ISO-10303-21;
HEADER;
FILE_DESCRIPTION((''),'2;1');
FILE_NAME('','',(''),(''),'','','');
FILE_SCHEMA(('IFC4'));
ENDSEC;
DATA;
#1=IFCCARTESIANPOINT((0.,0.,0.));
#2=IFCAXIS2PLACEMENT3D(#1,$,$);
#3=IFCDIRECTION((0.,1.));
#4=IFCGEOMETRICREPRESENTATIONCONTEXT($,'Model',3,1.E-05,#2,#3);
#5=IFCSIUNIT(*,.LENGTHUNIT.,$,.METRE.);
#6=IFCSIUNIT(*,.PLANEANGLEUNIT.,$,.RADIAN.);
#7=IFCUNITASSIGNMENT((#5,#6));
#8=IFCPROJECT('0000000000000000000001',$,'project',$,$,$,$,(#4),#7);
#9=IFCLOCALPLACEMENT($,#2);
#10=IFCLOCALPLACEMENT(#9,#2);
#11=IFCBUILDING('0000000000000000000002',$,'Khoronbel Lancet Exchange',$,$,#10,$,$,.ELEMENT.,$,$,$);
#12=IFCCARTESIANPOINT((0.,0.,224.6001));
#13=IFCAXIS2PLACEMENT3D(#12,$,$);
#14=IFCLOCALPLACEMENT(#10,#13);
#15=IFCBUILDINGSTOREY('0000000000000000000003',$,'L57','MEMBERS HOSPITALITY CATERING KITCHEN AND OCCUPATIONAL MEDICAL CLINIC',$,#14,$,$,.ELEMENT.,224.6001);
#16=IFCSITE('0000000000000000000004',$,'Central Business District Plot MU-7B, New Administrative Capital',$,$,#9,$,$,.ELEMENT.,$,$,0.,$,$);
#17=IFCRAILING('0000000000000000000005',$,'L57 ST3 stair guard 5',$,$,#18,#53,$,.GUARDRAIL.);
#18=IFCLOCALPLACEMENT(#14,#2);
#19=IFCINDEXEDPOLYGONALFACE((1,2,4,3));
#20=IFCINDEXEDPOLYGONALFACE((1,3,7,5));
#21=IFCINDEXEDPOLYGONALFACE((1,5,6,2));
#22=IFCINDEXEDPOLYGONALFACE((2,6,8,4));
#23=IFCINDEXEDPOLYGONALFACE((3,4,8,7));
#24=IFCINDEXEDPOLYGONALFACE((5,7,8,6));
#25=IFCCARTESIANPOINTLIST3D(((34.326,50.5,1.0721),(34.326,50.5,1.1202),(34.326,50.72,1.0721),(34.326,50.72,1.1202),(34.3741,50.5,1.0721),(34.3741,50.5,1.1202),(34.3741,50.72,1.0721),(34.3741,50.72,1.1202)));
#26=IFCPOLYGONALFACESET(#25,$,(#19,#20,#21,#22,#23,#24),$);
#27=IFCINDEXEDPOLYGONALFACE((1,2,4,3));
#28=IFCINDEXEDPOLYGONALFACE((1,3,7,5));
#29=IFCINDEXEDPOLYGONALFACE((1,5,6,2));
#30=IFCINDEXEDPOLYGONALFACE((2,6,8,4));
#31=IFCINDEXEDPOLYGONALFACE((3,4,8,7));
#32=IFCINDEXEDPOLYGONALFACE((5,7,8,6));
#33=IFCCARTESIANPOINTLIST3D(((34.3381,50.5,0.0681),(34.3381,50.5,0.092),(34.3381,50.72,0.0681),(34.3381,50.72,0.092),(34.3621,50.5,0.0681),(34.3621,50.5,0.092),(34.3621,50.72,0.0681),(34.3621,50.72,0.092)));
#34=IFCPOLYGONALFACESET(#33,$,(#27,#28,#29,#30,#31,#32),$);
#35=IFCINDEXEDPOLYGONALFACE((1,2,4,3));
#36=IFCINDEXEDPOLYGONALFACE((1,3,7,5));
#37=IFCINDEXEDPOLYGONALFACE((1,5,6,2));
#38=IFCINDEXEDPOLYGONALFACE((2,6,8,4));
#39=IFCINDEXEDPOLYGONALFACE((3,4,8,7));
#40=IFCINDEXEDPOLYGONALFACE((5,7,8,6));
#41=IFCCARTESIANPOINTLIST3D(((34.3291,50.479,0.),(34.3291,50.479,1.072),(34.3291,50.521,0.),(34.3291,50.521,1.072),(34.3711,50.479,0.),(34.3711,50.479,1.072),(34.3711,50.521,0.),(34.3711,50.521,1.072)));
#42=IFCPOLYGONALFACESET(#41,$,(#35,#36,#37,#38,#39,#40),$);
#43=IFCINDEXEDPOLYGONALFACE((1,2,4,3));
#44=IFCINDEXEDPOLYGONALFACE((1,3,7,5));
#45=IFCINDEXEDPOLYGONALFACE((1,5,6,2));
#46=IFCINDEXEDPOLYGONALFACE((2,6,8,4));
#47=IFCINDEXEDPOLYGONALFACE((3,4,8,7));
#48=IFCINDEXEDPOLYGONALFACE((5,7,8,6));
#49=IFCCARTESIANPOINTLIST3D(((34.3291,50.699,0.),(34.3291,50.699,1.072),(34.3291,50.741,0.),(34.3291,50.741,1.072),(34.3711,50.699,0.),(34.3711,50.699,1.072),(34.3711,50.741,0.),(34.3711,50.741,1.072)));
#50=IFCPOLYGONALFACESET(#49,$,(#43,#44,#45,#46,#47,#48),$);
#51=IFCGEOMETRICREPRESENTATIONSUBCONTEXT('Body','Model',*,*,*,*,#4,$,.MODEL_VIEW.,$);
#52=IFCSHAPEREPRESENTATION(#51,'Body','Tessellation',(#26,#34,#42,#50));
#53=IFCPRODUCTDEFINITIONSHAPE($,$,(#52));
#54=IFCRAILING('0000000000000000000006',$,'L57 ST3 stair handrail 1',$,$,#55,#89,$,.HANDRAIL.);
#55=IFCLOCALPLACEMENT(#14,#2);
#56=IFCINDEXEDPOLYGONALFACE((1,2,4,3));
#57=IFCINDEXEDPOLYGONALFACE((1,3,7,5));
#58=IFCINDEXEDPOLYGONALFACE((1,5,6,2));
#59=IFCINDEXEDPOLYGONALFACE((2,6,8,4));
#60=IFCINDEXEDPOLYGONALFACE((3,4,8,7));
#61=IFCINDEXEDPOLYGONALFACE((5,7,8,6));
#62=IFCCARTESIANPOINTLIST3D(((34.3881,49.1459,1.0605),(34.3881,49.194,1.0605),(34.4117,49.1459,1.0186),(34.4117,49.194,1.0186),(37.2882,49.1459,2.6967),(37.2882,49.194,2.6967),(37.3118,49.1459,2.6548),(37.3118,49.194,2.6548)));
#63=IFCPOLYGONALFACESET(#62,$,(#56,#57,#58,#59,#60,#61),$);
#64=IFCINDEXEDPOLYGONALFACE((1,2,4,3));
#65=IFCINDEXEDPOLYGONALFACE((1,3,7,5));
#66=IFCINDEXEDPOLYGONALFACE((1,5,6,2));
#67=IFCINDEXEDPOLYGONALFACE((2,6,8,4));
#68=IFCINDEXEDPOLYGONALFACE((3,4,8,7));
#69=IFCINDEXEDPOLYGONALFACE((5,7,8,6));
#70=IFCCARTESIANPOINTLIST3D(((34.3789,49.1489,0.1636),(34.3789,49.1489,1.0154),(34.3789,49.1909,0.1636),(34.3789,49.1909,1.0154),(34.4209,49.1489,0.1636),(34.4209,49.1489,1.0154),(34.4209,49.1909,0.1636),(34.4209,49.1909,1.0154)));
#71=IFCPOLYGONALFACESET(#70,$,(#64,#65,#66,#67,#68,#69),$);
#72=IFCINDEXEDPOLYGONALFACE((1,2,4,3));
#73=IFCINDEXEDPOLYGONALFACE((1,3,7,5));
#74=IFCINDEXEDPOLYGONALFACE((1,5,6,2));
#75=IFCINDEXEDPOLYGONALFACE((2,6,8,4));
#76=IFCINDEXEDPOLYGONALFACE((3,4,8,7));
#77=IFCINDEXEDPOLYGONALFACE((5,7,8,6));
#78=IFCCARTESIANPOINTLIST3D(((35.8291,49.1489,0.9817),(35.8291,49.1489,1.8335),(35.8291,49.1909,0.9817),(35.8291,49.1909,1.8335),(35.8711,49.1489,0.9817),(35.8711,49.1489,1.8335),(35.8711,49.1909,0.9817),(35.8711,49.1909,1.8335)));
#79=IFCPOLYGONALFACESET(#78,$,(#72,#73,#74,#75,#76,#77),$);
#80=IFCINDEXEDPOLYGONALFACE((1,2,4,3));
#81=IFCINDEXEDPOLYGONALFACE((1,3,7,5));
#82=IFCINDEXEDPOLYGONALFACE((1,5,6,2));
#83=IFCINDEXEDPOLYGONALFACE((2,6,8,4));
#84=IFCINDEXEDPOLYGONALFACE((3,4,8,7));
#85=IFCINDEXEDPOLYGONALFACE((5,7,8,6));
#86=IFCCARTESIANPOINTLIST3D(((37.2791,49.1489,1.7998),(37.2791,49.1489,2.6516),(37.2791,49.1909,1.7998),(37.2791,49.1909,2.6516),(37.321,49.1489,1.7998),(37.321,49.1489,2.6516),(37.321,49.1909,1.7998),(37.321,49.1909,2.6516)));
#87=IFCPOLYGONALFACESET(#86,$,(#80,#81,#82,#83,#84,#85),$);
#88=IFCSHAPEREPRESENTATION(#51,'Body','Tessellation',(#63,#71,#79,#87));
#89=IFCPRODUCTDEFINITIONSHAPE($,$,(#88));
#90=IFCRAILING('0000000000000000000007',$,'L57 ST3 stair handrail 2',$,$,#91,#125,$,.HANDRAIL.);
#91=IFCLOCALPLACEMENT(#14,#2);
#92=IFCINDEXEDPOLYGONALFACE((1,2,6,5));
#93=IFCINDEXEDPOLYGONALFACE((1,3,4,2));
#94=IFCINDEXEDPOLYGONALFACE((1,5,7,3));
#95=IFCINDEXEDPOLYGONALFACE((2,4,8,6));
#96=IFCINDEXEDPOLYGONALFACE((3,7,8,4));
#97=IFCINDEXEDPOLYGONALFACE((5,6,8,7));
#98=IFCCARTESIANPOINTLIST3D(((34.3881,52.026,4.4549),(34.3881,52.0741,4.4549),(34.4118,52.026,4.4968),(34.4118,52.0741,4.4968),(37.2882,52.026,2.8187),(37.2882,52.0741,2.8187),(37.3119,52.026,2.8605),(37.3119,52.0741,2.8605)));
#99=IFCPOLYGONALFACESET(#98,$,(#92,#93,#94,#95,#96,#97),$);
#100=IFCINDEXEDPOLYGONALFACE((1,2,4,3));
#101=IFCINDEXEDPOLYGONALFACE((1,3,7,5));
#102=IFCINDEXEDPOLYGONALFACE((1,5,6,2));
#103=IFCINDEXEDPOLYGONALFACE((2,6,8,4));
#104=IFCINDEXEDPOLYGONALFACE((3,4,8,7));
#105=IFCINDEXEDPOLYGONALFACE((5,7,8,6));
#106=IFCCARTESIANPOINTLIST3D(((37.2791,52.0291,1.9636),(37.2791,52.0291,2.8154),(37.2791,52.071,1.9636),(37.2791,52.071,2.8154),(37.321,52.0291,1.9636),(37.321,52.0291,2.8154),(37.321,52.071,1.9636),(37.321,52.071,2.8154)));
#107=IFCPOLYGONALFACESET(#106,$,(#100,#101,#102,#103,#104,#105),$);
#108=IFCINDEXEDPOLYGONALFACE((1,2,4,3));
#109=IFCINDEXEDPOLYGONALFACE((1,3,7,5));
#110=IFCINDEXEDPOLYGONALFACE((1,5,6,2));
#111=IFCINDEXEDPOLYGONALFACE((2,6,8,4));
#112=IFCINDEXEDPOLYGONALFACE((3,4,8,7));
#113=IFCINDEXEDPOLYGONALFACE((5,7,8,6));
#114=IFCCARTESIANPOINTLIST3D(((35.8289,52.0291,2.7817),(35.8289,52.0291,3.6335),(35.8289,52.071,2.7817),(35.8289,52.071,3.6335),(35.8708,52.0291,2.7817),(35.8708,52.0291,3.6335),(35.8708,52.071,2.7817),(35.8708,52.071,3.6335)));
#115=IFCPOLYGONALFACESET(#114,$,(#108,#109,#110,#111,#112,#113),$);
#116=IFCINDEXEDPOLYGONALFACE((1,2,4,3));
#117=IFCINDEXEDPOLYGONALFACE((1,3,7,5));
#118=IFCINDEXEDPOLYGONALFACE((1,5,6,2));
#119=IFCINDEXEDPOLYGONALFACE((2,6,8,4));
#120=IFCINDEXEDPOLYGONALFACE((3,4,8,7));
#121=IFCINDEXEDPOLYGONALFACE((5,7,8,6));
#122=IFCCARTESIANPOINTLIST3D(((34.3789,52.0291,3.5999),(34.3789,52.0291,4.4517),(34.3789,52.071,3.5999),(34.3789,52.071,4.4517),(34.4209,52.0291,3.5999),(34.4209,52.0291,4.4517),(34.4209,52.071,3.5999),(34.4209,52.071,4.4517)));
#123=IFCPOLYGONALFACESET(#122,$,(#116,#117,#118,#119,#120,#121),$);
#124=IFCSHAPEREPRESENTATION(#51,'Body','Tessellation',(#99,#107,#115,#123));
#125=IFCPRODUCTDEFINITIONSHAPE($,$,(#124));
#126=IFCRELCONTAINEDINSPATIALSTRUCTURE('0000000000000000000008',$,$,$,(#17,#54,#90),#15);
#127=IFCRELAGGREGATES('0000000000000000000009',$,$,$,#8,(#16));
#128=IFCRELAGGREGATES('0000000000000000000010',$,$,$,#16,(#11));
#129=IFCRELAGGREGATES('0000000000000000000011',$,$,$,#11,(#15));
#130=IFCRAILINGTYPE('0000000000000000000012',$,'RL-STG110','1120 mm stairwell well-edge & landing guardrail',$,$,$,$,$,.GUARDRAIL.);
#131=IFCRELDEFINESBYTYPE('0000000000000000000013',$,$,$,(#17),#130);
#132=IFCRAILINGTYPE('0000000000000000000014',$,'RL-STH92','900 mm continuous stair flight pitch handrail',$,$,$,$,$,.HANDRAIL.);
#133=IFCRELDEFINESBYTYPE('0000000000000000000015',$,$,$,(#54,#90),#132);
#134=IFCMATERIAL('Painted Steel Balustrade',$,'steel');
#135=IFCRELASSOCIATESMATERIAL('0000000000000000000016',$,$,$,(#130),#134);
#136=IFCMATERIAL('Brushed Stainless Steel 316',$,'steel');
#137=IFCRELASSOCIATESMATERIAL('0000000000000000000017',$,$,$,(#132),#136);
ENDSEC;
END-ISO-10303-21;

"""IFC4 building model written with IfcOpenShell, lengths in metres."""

from ifc_helpers import new_model, si_unit, direction, frame, origin, origin_2d, place, context, subcontext, project, spatial, rectangle, extrude, material, type_object, element, save


model = new_model("IFC4")

# Units and contexts
model_context = context("Model", 3, precision=1e-05, world=origin(), true_north=direction((0.0, 1.0)))
body_context = subcontext(model_context, "Body", "Model", "MODEL_VIEW")
ifc_project = project(units=[si_unit("LENGTHUNIT", "METRE"), si_unit("PLANEANGLEUNIT", "RADIAN")], contexts=[model_context])

# Site, building, storey
site_placement = place(None, origin())
site = spatial("IfcSite", under=ifc_project, at=site_placement, Name="Central Business District Plot MU-7B, New Administrative Capital", CompositionType="ELEMENT", RefElevation=0.0)
building_placement = place(site_placement, origin())
building = spatial("IfcBuilding", under=site, at=building_placement, Name="Khoronbel Lancet Exchange", CompositionType="ELEMENT")
storey_placement = place(building_placement, frame((0.0, 0.0, 224.6001)))
storey = spatial("IfcBuildingStorey", under=building, at=storey_placement, Name="L57", Description="MEMBERS HOSPITALITY CATERING KITCHEN AND OCCUPATIONAL MEDICAL CLINIC", CompositionType="ELEMENT", Elevation=224.6001)

# Railings
ifc_material_1 = material(Name="Painted Steel Balustrade", Category="steel")
railing_type_1 = type_object("IfcRailingType", Name="RL-STG110", Description="1120 mm stairwell well-edge & landing guardrail", PredefinedType="GUARDRAIL", material=ifc_material_1)
railing_1_placement = place(storey_placement, frame((34.3501, 50.5, 0.0)))
element("IfcRailing", 1, at=railing_1_placement, inside=storey, type_object=railing_type_1, Name="L57 ST3 stair guard 5", PredefinedType="GUARDRAIL", context=body_context, shape_type="SweptSolid", body=[
    extrude(rectangle(XDim=0.0481, YDim=0.0481, at=origin_2d()), frame((0.0, 0.0, 1.0962), z_axis=(0.0, 1.0, 0.0), x_axis=(-1.0, 0.0, 0.0)), (0.0, 0.0, 1.0), 0.22),
    extrude(rectangle(XDim=0.0239, YDim=0.0239, at=origin_2d()), frame((0.0, 0.0, 0.0801), z_axis=(0.0, 1.0, 0.0), x_axis=(-1.0, 0.0, 0.0)), (0.0, 0.0, 1.0), 0.22),
    extrude(rectangle(XDim=0.042, YDim=0.042, at=origin_2d()), origin(), (0.0, 0.0, 1.0), 1.072),
    extrude(rectangle(XDim=0.042, YDim=0.042, at=origin_2d()), frame((0.0, 0.22, 0.0)), (0.0, 0.0, 1.0), 1.072),
])
ifc_material_2 = material(Name="Brushed Stainless Steel 316", Category="steel")
railing_type_2 = type_object("IfcRailingType", Name="RL-STH92", Description="900 mm continuous stair flight pitch handrail", PredefinedType="HANDRAIL", material=ifc_material_2)
railing_2_placement = place(storey_placement, frame((34.3999, 49.1699, 0.1636)))
element("IfcRailing", 2, at=railing_2_placement, inside=storey, type_object=railing_type_2, Name="L57 ST3 stair handrail 1", PredefinedType="HANDRAIL", context=body_context, shape_type="SweptSolid", body=[
    extrude(rectangle(XDim=0.0481, YDim=0.0481, at=origin_2d()), frame((0.0, 0.0, 0.876), z_axis=(0.870946, 0.0, 0.491378), x_axis=(0.0, 1.0, 0.0)), (0.0, 0.0, 1.0), 3.3298),
    extrude(rectangle(XDim=0.042, YDim=0.042, at=origin_2d()), origin(), (0.0, 0.0, 1.0), 0.8518),
    extrude(rectangle(XDim=0.042, YDim=0.042, at=origin_2d()), frame((1.4502, 0.0, 0.8181)), (0.0, 0.0, 1.0), 0.8518),
    extrude(rectangle(XDim=0.042, YDim=0.042, at=origin_2d()), frame((2.9001, 0.0, 1.6362)), (0.0, 0.0, 1.0), 0.8518),
])
railing_3_placement = place(storey_placement, frame((37.3, 52.05, 1.9636)))
element("IfcRailing", 3, at=railing_3_placement, inside=storey, type_object=railing_type_2, Name="L57 ST3 stair handrail 2", PredefinedType="HANDRAIL", context=body_context, shape_type="SweptSolid", body=[
    extrude(rectangle(XDim=0.0481, YDim=0.0481, at=origin_2d()), frame((0.0, 0.0, 0.876), z_axis=(-0.870946, 0.0, 0.491378), x_axis=(0.0, -1.0, 0.0)), (0.0, 0.0, 1.0), 3.3298),
    extrude(rectangle(XDim=0.042, YDim=0.042, at=origin_2d()), origin(), (0.0, 0.0, 1.0), 0.8518),
    extrude(rectangle(XDim=0.042, YDim=0.042, at=origin_2d()), frame((-1.4502, 0.0, 0.8181)), (0.0, 0.0, 1.0), 0.8518),
    extrude(rectangle(XDim=0.042, YDim=0.042, at=origin_2d()), frame((-2.9001, 0.0, 1.6362)), (0.0, 0.0, 1.0), 0.8518),
])

save(model, "model.ifc")
